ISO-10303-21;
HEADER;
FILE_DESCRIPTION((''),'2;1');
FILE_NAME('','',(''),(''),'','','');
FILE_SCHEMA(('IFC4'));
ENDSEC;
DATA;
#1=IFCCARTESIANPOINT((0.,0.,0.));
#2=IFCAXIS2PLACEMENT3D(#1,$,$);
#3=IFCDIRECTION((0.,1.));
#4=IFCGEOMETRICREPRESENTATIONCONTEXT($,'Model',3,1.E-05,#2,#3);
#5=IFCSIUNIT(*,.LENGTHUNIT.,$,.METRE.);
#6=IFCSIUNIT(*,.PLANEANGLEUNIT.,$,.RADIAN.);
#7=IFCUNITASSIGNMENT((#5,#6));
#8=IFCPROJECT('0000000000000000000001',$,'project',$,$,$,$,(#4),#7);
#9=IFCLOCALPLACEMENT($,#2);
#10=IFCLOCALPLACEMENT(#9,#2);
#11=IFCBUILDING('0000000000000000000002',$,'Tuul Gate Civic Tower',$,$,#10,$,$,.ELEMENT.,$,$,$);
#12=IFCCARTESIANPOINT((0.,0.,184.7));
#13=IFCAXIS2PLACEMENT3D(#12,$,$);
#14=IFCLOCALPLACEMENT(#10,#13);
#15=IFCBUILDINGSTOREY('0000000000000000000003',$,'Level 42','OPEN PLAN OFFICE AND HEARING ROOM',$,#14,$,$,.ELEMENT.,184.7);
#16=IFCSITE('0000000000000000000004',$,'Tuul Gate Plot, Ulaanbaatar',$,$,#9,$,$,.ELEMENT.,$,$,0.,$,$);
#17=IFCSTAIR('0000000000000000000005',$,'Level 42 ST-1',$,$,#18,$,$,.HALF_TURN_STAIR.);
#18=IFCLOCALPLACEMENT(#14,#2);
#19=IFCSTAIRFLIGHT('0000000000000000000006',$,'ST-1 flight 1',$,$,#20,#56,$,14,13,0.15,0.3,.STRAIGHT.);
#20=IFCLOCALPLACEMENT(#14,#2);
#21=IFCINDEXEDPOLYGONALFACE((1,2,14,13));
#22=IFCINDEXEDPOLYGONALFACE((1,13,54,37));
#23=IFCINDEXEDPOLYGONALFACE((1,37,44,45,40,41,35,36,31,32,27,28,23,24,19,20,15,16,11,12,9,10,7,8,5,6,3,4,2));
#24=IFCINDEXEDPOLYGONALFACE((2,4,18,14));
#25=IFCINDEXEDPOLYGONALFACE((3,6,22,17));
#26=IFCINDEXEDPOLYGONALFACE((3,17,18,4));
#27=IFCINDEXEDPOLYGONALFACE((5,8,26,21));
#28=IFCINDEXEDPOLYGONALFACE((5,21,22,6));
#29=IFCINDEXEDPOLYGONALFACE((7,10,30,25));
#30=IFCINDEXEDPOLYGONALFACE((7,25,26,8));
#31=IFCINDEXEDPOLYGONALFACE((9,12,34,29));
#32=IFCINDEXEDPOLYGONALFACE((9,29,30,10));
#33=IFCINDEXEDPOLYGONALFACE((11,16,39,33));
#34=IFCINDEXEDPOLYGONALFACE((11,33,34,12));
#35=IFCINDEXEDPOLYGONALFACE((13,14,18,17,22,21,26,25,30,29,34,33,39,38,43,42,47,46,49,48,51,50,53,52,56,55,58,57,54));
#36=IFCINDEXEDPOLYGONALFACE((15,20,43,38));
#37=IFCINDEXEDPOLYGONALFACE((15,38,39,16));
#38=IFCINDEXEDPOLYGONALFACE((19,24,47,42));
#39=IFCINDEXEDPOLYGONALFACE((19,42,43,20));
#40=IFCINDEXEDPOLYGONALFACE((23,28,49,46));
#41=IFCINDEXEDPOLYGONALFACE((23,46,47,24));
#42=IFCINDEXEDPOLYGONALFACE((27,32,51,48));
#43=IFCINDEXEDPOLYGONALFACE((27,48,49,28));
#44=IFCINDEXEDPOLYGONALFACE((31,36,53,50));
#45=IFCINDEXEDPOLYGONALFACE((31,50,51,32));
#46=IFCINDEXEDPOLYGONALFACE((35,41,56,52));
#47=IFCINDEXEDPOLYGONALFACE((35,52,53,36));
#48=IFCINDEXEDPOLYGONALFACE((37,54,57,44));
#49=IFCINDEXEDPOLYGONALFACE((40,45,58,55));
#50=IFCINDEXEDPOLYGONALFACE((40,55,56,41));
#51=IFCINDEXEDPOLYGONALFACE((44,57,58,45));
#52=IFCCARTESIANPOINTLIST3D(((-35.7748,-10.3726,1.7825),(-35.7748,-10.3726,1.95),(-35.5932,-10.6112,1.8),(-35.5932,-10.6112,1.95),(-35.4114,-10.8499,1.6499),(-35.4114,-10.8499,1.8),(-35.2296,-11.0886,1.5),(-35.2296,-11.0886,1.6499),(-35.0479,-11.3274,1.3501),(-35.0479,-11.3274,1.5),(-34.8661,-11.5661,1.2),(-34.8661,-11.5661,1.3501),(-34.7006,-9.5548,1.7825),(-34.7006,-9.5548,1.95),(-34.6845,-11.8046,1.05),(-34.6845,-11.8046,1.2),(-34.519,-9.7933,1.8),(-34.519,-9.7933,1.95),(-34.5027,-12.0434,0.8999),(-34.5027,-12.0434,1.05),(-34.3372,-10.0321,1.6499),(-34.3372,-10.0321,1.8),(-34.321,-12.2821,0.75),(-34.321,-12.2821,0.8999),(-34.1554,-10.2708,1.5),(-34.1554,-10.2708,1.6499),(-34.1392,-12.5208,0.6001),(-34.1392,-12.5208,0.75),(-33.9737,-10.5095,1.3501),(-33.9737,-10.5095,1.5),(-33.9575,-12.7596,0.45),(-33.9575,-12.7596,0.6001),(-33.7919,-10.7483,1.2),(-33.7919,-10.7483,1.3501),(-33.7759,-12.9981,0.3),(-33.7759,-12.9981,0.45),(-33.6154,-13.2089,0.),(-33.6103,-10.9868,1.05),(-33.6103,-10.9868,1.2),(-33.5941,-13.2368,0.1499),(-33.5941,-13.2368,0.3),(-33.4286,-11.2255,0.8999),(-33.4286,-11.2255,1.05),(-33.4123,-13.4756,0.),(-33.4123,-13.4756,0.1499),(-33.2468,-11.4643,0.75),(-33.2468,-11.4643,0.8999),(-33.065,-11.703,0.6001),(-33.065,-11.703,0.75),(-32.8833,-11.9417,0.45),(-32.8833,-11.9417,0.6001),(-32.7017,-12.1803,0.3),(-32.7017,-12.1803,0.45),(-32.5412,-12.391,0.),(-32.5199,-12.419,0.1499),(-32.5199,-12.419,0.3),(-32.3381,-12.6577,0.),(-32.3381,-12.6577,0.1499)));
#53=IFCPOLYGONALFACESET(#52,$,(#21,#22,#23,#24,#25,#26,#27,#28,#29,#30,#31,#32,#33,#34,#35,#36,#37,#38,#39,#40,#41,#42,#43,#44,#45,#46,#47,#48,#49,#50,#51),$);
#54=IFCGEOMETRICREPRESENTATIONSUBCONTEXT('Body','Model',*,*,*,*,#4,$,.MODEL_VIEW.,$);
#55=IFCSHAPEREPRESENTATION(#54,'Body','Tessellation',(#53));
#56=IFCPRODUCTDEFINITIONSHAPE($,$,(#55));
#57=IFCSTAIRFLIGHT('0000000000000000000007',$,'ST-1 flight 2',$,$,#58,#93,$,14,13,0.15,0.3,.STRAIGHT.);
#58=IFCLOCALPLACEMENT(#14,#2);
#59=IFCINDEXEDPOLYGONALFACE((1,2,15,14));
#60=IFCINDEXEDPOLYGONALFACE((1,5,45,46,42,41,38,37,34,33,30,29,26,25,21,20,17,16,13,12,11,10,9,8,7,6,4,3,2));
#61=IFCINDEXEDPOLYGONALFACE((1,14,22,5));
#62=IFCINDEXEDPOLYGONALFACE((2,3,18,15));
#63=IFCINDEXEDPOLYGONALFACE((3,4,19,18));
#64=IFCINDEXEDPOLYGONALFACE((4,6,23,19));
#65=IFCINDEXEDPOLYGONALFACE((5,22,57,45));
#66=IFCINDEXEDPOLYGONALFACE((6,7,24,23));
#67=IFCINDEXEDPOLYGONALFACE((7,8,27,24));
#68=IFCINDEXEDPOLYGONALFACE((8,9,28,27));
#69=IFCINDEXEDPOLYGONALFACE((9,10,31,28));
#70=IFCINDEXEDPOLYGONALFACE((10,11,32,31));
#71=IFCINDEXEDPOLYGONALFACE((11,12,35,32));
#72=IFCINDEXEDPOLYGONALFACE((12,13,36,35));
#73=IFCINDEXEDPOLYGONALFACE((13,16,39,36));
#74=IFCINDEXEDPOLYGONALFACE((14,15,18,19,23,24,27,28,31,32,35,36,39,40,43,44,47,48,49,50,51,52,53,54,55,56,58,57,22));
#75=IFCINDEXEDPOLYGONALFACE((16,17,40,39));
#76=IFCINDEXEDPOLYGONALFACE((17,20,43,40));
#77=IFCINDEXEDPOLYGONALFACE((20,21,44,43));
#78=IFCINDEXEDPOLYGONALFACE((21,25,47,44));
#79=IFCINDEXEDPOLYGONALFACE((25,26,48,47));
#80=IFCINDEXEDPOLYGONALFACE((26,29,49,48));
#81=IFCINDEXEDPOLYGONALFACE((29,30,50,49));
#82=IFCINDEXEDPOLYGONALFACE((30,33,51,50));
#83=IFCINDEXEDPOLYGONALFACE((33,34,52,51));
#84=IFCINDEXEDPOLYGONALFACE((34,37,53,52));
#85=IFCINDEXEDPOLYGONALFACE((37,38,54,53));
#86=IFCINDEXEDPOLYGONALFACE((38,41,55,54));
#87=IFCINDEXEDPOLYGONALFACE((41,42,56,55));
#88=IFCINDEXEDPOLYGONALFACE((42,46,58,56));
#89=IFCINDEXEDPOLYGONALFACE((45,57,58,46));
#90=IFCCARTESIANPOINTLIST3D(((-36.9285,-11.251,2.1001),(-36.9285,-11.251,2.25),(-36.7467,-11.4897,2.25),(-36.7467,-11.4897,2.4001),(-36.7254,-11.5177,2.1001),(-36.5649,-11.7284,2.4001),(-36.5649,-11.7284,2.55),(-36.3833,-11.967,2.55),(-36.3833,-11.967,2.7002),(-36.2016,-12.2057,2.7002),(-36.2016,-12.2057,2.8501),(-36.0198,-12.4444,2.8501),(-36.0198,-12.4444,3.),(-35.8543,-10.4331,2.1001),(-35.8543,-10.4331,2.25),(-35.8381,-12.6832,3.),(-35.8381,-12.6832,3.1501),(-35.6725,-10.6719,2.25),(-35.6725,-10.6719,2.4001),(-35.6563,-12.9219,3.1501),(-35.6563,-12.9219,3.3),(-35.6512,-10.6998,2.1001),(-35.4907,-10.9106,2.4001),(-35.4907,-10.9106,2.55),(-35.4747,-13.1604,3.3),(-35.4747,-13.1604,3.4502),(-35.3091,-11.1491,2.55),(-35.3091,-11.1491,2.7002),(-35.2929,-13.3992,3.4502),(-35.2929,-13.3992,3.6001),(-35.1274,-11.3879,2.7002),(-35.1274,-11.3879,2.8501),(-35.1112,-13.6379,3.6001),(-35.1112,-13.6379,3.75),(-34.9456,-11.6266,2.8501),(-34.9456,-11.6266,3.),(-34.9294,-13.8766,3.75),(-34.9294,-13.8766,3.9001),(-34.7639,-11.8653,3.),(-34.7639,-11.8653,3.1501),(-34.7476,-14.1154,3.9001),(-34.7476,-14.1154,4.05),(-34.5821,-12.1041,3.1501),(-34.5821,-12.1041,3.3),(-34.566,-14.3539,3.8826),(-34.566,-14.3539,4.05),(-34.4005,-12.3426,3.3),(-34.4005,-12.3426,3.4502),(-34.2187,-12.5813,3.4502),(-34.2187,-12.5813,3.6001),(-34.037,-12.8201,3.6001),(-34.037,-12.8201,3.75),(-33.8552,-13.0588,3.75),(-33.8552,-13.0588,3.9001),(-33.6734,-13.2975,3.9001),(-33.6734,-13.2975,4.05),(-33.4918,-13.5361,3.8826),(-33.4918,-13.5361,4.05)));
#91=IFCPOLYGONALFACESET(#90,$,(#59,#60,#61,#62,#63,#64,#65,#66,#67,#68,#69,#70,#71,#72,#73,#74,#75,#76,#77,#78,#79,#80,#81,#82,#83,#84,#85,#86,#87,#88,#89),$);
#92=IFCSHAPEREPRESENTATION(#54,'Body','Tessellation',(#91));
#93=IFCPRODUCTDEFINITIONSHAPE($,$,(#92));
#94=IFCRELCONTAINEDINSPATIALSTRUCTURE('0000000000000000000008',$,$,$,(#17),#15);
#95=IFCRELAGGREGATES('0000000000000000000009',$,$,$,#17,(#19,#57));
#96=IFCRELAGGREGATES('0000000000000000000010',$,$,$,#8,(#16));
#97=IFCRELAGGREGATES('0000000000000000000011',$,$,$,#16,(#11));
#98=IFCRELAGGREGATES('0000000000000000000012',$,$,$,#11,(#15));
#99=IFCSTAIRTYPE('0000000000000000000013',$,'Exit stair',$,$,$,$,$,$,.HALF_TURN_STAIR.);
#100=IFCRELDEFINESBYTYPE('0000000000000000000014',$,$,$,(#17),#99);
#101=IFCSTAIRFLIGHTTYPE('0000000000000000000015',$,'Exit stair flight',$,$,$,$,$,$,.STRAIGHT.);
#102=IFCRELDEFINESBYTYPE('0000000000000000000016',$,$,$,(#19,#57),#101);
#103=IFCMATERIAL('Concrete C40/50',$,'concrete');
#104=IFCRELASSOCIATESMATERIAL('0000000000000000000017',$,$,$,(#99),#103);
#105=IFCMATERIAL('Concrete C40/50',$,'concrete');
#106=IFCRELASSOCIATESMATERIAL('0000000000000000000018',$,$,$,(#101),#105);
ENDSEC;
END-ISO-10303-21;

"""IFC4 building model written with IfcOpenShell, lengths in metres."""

from ifc_helpers import new_model, si_unit, direction, frame, origin, place, context, subcontext, project, spatial, polyline, outline, extrude, material, type_object, element, aggregate, save


model = new_model("IFC4")

# Units and contexts
model_context = context("Model", 3, precision=1e-05, world=origin(), true_north=direction((0.0, 1.0)))
body_context = subcontext(model_context, "Body", "Model", "MODEL_VIEW")
ifc_project = project(units=[si_unit("LENGTHUNIT", "METRE"), si_unit("PLANEANGLEUNIT", "RADIAN")], contexts=[model_context])

# Site, building, storey
site_placement = place(None, origin())
site = spatial("IfcSite", under=ifc_project, at=site_placement, Name="Tuul Gate Plot, Ulaanbaatar", CompositionType="ELEMENT", RefElevation=0.0)
building_placement = place(site_placement, origin())
building = spatial("IfcBuilding", under=site, at=building_placement, Name="Tuul Gate Civic Tower", CompositionType="ELEMENT")
storey_placement = place(building_placement, frame((0.0, 0.0, 184.7)))
storey = spatial("IfcBuildingStorey", under=building, at=storey_placement, Name="Level 42", Description="OPEN PLAN OFFICE AND HEARING ROOM", CompositionType="ELEMENT", Elevation=184.7)

# Stair, stair flights
ifc_material_1 = material(Name="Concrete C40/50", Category="concrete")
stair_type = type_object("IfcStairType", Name="Exit stair", PredefinedType="HALF_TURN_STAIR", material=ifc_material_1)
stair_placement = place(storey_placement, origin())
stair = element("IfcStair", 1, at=stair_placement, inside=storey, type_object=stair_type, Name="Level 42 ST-1", PredefinedType="HALF_TURN_STAIR")
ifc_material_2 = material(Name="Concrete C40/50", Category="concrete")
stair_flight_type = type_object("IfcStairFlightType", Name="Exit stair flight", PredefinedType="STRAIGHT", material=ifc_material_2)
stair_flight_1_placement = place(storey_placement, frame((-32.8752, -13.0667, 0.0), z_axis=(0.0, 0.0, 1.0), x_axis=(-0.605764, 0.795644, 0.0)))
stair_flight_1 = element("IfcStairFlight", 2, at=stair_flight_1_placement, type_object=stair_flight_type, Name="ST-1 flight 1", NumberOfRisers=14, NumberOfTreads=13, PredefinedType="STRAIGHT", RiserHeight=0.15, TreadLength=0.3, context=body_context, shape_type="SweptSolid", body=[
    extrude(outline(polyline([(0.0, 0.0), (0.0, 0.1499), (0.3, 0.1499), (0.3, 0.3), (0.6001, 0.3), (0.6001, 0.45), (0.8999, 0.45), (0.8999, 0.6001), (1.2, 0.6001), (1.2, 0.75), (1.5, 0.75), (1.5, 0.8999), (1.8, 0.8999), (1.8, 1.05), (2.1001, 1.05), (2.1001, 1.2), (2.3999, 1.2), (2.3999, 1.3501), (2.7, 1.3501), (2.7, 1.5), (3.0, 1.5), (3.0, 1.6499), (3.3, 1.6499), (3.3, 1.8), (3.6001, 1.8), (3.6001, 1.95), (3.8999, 1.95), (3.8999, 2.1001), (3.8999, 1.7825), (0.3352, 0.0), (0.0, 0.0)])), frame((0.0, 0.675, 0.0), z_axis=(0.0, -1.0, 0.0), x_axis=(1.0, 0.0, 0.0)), (0.0, 0.0, 1.0), 1.3501),
])
stair_flight_2_placement = place(storey_placement, frame((-36.3914, -10.842, 2.1001), z_axis=(0.0, 0.0, 1.0), x_axis=(0.605764, -0.795644, 0.0)))
stair_flight_2 = element("IfcStairFlight", 3, at=stair_flight_2_placement, type_object=stair_flight_type, Name="ST-1 flight 2", NumberOfRisers=14, NumberOfTreads=13, PredefinedType="STRAIGHT", RiserHeight=0.15, TreadLength=0.3, context=body_context, shape_type="SweptSolid", body=[
    extrude(outline(polyline([(0.0, 0.0), (0.0, 0.1499), (0.3, 0.1499), (0.3, 0.3), (0.6001, 0.3), (0.6001, 0.45), (0.8999, 0.45), (0.8999, 0.6001), (1.2, 0.6001), (1.2, 0.75), (1.5, 0.75), (1.5, 0.8999), (1.8, 0.8999), (1.8, 1.05), (2.1001, 1.05), (2.1001, 1.2), (2.3999, 1.2), (2.3999, 1.3501), (2.7, 1.3501), (2.7, 1.5), (3.0, 1.5), (3.0, 1.6499), (3.3, 1.6499), (3.3, 1.8), (3.6001, 1.8), (3.6001, 1.95), (3.8999, 1.95), (3.8999, 2.1001), (3.8999, 1.7825), (0.3352, 0.0), (0.0, 0.0)])), frame((0.0, 0.675, 0.0), z_axis=(0.0, -1.0, 0.0), x_axis=(1.0, 0.0, 0.0)), (0.0, 0.0, 1.0), 1.3501),
])
aggregate(stair, [stair_flight_1, stair_flight_2])

save(model, "model.ifc")
